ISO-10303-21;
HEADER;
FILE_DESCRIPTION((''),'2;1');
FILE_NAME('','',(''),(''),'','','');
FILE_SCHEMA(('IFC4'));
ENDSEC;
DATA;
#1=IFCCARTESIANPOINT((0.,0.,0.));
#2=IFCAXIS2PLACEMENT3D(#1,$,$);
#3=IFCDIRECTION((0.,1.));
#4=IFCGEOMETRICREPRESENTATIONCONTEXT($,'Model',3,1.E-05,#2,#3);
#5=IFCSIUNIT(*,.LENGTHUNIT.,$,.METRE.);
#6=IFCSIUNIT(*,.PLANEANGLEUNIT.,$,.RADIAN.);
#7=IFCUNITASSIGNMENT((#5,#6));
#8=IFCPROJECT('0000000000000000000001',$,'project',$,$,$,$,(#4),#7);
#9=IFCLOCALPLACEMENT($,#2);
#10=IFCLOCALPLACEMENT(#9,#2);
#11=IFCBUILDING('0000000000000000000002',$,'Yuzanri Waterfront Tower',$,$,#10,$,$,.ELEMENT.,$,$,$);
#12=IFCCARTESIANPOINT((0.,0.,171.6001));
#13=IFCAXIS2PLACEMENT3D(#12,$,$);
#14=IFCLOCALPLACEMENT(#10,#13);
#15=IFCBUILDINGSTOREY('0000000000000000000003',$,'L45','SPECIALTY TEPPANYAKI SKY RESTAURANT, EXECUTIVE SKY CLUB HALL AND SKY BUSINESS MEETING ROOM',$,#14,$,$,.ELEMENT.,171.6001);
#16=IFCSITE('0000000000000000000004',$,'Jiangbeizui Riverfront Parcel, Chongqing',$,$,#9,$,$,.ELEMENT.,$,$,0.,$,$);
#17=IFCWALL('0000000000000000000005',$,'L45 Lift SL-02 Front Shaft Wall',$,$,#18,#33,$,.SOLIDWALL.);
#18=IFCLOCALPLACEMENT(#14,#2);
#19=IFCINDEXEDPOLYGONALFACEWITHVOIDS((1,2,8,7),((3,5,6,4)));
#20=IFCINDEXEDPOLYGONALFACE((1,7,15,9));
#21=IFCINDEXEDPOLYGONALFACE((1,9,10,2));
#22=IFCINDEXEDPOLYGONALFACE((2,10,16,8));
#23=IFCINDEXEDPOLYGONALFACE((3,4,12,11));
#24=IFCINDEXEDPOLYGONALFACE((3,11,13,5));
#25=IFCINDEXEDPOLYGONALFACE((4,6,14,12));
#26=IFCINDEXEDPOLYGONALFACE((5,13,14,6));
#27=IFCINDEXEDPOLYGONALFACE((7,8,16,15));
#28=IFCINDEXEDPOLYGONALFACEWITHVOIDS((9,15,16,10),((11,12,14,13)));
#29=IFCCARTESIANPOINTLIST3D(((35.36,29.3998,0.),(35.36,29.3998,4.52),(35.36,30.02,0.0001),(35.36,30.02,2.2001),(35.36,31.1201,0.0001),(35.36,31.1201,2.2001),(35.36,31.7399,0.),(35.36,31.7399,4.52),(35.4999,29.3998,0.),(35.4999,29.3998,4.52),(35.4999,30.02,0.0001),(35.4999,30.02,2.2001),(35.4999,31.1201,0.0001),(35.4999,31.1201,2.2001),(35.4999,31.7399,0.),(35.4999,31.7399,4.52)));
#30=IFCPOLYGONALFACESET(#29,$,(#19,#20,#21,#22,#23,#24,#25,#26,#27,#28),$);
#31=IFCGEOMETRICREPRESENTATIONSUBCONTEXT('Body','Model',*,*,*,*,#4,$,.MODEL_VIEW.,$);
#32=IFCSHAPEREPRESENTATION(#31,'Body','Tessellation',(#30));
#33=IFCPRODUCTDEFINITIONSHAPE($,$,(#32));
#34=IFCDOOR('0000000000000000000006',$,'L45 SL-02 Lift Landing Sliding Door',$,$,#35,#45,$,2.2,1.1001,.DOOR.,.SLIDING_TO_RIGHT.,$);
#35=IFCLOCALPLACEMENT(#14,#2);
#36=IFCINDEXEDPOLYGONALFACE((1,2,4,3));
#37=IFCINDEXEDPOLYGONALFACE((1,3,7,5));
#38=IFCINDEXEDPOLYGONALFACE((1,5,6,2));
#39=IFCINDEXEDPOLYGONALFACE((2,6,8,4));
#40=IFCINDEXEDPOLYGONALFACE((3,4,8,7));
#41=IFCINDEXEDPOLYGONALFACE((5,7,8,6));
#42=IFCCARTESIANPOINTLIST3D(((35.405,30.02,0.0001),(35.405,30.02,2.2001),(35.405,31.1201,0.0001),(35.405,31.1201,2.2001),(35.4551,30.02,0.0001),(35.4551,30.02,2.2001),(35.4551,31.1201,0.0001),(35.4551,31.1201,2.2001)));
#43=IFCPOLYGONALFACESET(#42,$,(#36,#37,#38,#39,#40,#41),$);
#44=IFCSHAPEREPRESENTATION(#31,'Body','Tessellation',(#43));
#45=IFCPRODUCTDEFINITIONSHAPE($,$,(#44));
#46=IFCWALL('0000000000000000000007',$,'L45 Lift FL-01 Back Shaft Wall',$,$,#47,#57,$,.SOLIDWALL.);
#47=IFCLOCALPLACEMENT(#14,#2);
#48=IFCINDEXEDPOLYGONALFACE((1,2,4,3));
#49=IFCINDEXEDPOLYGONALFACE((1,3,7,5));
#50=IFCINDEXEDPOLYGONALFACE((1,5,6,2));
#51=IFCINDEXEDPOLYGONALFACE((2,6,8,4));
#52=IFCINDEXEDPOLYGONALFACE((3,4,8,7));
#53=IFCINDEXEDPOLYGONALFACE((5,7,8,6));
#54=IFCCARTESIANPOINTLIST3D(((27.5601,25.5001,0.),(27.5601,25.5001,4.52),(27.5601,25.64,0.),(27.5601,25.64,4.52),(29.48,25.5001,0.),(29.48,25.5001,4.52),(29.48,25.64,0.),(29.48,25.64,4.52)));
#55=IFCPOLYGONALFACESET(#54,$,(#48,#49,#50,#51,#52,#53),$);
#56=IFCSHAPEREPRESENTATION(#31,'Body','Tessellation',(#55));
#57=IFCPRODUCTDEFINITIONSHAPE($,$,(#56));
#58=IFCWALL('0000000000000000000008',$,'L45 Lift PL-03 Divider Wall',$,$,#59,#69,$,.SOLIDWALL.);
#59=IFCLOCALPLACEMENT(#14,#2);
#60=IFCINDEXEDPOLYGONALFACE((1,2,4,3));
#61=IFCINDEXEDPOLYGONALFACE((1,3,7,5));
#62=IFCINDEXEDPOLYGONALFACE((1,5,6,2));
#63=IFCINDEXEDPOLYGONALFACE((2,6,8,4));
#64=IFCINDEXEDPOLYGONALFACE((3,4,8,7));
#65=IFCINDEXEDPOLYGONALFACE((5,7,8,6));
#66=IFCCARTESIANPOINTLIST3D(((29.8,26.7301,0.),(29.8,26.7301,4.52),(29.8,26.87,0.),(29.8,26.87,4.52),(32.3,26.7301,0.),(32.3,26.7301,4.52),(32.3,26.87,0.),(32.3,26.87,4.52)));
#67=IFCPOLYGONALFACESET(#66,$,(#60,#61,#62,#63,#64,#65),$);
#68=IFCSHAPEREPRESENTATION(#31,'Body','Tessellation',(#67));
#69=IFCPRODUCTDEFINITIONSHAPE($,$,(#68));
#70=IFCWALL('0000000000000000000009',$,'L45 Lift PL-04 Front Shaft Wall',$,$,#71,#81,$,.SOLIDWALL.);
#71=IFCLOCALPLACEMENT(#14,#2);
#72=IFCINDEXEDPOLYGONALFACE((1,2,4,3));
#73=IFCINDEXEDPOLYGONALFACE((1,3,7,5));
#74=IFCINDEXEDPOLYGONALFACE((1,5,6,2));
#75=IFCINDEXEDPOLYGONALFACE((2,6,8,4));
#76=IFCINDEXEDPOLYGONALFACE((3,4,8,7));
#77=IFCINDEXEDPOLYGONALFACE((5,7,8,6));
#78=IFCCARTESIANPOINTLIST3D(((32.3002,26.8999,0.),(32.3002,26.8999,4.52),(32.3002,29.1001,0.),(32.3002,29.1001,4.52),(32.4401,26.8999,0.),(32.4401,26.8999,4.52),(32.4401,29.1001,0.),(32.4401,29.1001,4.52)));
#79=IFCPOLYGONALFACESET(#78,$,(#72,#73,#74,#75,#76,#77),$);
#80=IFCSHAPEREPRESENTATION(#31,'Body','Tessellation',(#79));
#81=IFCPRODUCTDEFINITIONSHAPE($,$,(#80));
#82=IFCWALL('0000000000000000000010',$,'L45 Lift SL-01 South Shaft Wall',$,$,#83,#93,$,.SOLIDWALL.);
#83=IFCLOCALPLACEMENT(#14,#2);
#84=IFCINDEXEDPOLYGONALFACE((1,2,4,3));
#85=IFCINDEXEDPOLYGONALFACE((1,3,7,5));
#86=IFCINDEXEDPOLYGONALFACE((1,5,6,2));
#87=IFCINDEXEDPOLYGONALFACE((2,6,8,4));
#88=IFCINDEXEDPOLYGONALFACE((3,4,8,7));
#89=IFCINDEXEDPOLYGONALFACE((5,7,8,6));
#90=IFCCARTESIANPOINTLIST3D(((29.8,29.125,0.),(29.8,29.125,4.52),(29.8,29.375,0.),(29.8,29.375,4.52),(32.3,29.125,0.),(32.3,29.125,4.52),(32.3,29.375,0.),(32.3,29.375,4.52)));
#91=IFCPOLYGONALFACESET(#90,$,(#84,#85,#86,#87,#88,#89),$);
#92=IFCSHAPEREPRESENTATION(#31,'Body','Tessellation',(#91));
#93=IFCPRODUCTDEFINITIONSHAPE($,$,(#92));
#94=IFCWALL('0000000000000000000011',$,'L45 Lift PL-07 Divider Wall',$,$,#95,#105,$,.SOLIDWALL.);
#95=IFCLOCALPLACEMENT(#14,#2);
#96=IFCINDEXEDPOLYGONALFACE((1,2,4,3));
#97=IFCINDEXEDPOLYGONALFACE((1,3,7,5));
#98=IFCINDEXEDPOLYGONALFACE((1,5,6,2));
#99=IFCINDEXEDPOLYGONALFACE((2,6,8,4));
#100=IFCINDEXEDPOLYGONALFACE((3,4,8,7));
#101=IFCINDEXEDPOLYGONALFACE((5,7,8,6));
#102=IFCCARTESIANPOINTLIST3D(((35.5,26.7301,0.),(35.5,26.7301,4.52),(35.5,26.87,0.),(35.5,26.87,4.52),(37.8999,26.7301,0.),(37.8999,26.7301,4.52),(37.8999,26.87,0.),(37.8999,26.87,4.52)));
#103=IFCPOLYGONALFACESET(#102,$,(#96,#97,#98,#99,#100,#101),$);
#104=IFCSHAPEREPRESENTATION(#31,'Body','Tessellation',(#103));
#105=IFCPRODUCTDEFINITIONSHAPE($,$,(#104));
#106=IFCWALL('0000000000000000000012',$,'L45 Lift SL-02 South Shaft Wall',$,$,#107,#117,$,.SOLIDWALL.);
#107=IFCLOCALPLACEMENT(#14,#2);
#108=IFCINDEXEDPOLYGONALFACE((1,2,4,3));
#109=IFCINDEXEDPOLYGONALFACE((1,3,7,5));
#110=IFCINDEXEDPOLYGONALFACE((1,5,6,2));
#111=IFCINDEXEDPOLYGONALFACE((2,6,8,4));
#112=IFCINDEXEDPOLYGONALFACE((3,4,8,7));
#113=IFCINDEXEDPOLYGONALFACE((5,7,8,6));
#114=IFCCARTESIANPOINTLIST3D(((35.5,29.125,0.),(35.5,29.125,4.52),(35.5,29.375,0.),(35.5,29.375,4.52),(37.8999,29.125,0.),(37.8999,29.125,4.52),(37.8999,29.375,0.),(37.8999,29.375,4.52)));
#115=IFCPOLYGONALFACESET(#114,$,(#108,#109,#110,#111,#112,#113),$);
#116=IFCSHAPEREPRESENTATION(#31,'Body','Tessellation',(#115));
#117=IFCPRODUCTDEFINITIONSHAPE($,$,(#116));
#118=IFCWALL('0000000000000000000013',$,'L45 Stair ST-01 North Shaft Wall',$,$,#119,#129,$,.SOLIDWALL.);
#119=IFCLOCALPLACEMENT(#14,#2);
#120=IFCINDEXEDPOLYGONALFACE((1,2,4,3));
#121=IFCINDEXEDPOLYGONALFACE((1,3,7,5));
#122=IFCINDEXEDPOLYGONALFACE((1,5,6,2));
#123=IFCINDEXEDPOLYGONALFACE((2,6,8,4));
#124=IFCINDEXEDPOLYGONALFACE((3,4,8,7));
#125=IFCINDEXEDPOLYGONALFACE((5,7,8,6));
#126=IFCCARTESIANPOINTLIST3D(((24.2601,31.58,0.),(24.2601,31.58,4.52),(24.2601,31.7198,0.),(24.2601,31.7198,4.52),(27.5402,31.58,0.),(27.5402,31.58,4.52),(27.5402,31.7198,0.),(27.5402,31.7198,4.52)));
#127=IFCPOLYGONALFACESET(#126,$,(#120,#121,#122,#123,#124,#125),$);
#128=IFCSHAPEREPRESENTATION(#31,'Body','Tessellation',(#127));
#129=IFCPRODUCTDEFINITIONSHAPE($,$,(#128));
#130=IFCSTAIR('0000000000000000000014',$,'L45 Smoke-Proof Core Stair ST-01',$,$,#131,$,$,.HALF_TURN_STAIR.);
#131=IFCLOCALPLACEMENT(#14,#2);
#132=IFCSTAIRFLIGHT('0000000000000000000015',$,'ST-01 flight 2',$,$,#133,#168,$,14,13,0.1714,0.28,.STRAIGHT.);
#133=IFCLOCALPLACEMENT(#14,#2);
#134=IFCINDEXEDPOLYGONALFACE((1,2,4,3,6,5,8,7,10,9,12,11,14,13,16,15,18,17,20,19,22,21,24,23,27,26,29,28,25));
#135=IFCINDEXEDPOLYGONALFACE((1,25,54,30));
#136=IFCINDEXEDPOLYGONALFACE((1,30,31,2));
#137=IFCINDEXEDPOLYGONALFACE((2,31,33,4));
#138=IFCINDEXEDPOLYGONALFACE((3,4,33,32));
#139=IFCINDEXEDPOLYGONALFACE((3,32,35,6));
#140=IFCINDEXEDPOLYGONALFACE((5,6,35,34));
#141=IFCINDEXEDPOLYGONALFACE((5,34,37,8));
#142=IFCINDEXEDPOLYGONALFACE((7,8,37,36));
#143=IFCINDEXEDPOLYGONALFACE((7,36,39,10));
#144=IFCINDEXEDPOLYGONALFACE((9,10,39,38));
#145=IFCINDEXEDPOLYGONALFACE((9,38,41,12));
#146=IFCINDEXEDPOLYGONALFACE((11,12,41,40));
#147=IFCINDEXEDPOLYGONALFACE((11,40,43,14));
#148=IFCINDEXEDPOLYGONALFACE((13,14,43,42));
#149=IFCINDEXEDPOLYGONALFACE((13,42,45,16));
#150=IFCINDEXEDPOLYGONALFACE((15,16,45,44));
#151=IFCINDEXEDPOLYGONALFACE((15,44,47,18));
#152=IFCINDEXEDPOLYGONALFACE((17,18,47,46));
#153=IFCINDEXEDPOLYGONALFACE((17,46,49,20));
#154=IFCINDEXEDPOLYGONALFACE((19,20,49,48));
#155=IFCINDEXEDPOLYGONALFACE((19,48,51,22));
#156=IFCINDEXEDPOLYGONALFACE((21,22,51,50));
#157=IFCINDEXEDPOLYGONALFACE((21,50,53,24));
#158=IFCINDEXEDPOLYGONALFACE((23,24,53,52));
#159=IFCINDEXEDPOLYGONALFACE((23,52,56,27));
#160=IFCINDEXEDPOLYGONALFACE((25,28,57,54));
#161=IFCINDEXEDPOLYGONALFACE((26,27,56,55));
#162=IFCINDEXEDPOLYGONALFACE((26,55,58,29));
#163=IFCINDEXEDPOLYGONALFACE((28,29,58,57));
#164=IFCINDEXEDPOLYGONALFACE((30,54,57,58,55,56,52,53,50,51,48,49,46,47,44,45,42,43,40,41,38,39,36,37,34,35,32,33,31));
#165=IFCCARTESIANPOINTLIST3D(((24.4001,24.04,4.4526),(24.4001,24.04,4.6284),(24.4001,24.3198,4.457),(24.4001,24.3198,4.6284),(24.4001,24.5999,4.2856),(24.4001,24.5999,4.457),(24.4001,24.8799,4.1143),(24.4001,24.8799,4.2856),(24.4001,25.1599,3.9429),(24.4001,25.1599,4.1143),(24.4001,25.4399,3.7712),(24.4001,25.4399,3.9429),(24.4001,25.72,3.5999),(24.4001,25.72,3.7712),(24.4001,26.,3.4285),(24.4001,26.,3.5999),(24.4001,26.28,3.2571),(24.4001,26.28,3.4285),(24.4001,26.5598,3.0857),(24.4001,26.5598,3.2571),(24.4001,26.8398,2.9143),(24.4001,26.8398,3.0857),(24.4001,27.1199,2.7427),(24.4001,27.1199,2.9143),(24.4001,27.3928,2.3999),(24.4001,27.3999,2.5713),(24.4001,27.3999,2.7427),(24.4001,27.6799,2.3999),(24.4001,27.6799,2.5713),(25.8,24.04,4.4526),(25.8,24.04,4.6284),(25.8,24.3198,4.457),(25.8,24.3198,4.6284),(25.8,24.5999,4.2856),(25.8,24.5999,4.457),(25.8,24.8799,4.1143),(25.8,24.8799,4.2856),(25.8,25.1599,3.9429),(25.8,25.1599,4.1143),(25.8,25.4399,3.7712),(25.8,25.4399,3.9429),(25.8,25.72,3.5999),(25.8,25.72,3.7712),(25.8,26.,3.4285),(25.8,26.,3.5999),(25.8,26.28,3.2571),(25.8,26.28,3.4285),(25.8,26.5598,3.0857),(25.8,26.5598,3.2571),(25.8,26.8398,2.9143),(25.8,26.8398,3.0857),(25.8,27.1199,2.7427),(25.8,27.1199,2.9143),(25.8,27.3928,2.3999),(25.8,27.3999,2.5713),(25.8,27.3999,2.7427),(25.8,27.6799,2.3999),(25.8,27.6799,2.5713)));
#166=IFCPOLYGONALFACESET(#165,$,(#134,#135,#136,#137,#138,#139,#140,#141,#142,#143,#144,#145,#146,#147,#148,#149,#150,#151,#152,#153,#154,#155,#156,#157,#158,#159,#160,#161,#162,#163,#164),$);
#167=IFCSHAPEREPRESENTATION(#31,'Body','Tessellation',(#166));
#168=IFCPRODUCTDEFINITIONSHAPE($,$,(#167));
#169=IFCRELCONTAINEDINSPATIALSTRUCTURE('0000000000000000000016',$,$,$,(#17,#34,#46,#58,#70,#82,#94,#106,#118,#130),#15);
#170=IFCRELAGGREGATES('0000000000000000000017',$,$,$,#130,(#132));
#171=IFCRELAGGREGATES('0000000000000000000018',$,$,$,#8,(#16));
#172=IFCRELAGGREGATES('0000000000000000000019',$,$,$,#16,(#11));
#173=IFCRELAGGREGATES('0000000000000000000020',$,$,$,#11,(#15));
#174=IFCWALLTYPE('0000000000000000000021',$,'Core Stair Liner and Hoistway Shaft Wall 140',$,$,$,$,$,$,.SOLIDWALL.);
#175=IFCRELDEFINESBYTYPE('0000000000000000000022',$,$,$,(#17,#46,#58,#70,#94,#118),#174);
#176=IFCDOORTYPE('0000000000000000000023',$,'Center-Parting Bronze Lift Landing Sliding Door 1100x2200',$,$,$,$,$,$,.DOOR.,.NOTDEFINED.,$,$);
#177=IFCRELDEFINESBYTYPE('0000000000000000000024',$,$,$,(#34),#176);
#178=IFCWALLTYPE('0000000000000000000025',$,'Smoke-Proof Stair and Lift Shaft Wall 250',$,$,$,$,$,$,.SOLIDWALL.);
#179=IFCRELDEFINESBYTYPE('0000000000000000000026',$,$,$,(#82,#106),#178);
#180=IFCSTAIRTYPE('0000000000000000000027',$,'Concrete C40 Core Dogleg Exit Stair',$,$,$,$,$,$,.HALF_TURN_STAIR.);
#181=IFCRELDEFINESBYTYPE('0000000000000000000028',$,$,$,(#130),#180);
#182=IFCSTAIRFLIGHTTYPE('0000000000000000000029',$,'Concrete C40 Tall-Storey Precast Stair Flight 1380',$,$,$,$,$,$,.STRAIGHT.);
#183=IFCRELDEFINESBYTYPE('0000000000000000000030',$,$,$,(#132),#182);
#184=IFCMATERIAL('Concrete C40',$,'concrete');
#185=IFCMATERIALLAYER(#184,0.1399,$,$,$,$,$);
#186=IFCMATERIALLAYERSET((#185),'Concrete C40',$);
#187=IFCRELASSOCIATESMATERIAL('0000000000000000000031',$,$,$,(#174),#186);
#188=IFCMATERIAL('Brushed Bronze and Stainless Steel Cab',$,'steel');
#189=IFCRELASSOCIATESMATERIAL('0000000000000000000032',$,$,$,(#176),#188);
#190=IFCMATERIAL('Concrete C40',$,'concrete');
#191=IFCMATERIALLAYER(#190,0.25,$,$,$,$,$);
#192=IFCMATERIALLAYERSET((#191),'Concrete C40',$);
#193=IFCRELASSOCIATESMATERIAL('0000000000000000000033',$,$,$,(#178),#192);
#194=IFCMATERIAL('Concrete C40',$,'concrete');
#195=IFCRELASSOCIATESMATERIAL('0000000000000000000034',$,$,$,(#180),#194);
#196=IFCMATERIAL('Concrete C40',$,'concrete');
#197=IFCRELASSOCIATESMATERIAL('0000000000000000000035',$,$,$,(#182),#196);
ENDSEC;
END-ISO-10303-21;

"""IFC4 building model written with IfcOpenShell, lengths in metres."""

from ifc_helpers import new_model, si_unit, direction, frame, frame_2d, origin, place, context, subcontext, project, spatial, polyline, rectangle, outline, extrude, source, transform, mapped, material, layer, layer_set, type_object, element, fill, aggregate, save


model = new_model("IFC4")

# Units and contexts
model_context = context("Model", 3, precision=1e-05, world=origin(), true_north=direction((0.0, 1.0)))
body_context = subcontext(model_context, "Body", "Model", "MODEL_VIEW")
ifc_project = project(units=[si_unit("LENGTHUNIT", "METRE"), si_unit("PLANEANGLEUNIT", "RADIAN")], contexts=[model_context])

# Site, building, storey
site_placement = place(None, origin())
site = spatial("IfcSite", under=ifc_project, at=site_placement, Name="Jiangbeizui Riverfront Parcel, Chongqing", CompositionType="ELEMENT", RefElevation=0.0)
building_placement = place(site_placement, origin())
building = spatial("IfcBuilding", under=site, at=building_placement, Name="Yuzanri Waterfront Tower", CompositionType="ELEMENT")
storey_placement = place(building_placement, frame((0.0, 0.0, 171.6001)))
storey = spatial("IfcBuildingStorey", under=building, at=storey_placement, Name="L45", Description="SPECIALTY TEPPANYAKI SKY RESTAURANT, EXECUTIVE SKY CLUB HALL AND SKY BUSINESS MEETING ROOM", CompositionType="ELEMENT", Elevation=171.6001)

# Wall, opening, door
ifc_material_1 = material(Name="Concrete C40", Category="concrete")
ifc_layer_1 = layer(ifc_material_1, 0.1399)
ifc_layer_set_1 = layer_set([ifc_layer_1], Name="Concrete C40")
wall_type_1 = type_object("IfcWallType", Name="Core Stair Liner and Hoistway Shaft Wall 140", PredefinedType="SOLIDWALL", material=ifc_layer_set_1)
ifc_material_2 = material(Name="Brushed Bronze and Stainless Steel Cab", Category="steel")
door_type_1 = type_object("IfcDoorType", Name="Center-Parting Bronze Lift Landing Sliding Door 1100x2200", OperationType="NOTDEFINED", PredefinedType="DOOR", material=ifc_material_2)
shared_shape_1 = source(origin(), body_context, "Body", "SweptSolid", [
    extrude(rectangle(XDim=1.1001, YDim=2.2, at=frame_2d((0.55, 1.1001))), frame((0.0, 0.0249, 0.0), z_axis=(0.0, -1.0, 0.0), x_axis=(1.0, 0.0, 0.0)), (0.0, 0.0, 1.0), 0.05),
])
wall_1_placement = place(storey_placement, frame((35.4299, 29.3999, 0.0), z_axis=(0.0, 0.0, 1.0), x_axis=(0.0, 1.0, 0.0)))
wall_1 = element("IfcWall", 1, at=wall_1_placement, inside=storey, type_object=wall_type_1, Name="L45 Lift SL-02 Front Shaft Wall", PredefinedType="SOLIDWALL", context=body_context, shape_type="SweptSolid", body=[
    extrude(rectangle(XDim=2.3401, YDim=0.1399, at=frame_2d((1.1699, 0.0))), origin(), (0.0, 0.0, 1.0), 4.52),
])
opening_1_placement = place(wall_1_placement, frame((0.6201, 0.0, 0.0)))
opening_1 = element("IfcOpeningElement", 2, at=opening_1_placement, cuts=wall_1, PredefinedType="OPENING", context=body_context, shape_type="SweptSolid", body=[
    extrude(rectangle(XDim=1.1001, YDim=2.2, at=frame_2d((0.55, 1.1001))), frame((0.0, 0.085, 0.0), z_axis=(0.0, -1.0, 0.0), x_axis=(1.0, 0.0, 0.0)), (0.0, 0.0, 1.0), 0.1697),
])
door_1_placement = place(opening_1_placement, origin())
door_1 = element("IfcDoor", 3, at=door_1_placement, inside=storey, type_object=door_type_1, Name="L45 SL-02 Lift Landing Sliding Door", OperationType="SLIDING_TO_RIGHT", OverallHeight=2.2, OverallWidth=1.1001, PredefinedType="DOOR", context=body_context, shape_type="MappedRepresentation", body=[
    mapped(shared_shape_1, transform((0.0, 0.0, 0.0), scale=1.0)),
])
fill(opening_1, door_1)

# Walls
shared_shape_2 = source(origin(), body_context, "Body", "SweptSolid", [
    extrude(rectangle(XDim=1.9199, YDim=0.1399, at=frame_2d((0.96, 0.0))), origin(), (0.0, 0.0, 1.0), 4.52),
])
wall_2_placement = place(storey_placement, frame((27.5601, 25.5701, 0.0), z_axis=(0.0, 0.0, 1.0), x_axis=(1.0, 0.0, 0.0)))
element("IfcWall", 4, at=wall_2_placement, inside=storey, type_object=wall_type_1, Name="L45 Lift FL-01 Back Shaft Wall", PredefinedType="SOLIDWALL", context=body_context, shape_type="MappedRepresentation", body=[
    mapped(shared_shape_2, transform((0.0, 0.0, 0.0), scale=1.0)),
])
shared_shape_3 = source(origin(), body_context, "Body", "SweptSolid", [
    extrude(rectangle(XDim=2.5, YDim=0.1399, at=frame_2d((1.25, 0.0))), origin(), (0.0, 0.0, 1.0), 4.52),
])
wall_3_placement = place(storey_placement, frame((29.8, 26.8, 0.0), z_axis=(0.0, 0.0, 1.0), x_axis=(1.0, 0.0, 0.0)))
element("IfcWall", 5, at=wall_3_placement, inside=storey, type_object=wall_type_1, Name="L45 Lift PL-03 Divider Wall", PredefinedType="SOLIDWALL", context=body_context, shape_type="MappedRepresentation", body=[
    mapped(shared_shape_3, transform((0.0, 0.0, 0.0), scale=1.0)),
])
shared_shape_4 = source(origin(), body_context, "Body", "SweptSolid", [
    extrude(rectangle(XDim=2.2002, YDim=0.1399, at=frame_2d((1.1001, 0.0))), origin(), (0.0, 0.0, 1.0), 4.52),
])
wall_4_placement = place(storey_placement, frame((32.3701, 26.8999, 0.0), z_axis=(0.0, 0.0, 1.0), x_axis=(0.0, 1.0, 0.0)))
element("IfcWall", 6, at=wall_4_placement, inside=storey, type_object=wall_type_1, Name="L45 Lift PL-04 Front Shaft Wall", PredefinedType="SOLIDWALL", context=body_context, shape_type="MappedRepresentation", body=[
    mapped(shared_shape_4, transform((0.0, 0.0, 0.0), scale=1.0)),
])
ifc_material_3 = material(Name="Concrete C40", Category="concrete")
ifc_layer_2 = layer(ifc_material_3, 0.25)
ifc_layer_set_2 = layer_set([ifc_layer_2], Name="Concrete C40")
wall_type_2 = type_object("IfcWallType", Name="Smoke-Proof Stair and Lift Shaft Wall 250", PredefinedType="SOLIDWALL", material=ifc_layer_set_2)
shared_shape_5 = source(origin(), body_context, "Body", "SweptSolid", [
    extrude(rectangle(XDim=2.5, YDim=0.25, at=frame_2d((1.25, 0.0))), origin(), (0.0, 0.0, 1.0), 4.52),
])
wall_5_placement = place(storey_placement, frame((29.8, 29.25, 0.0), z_axis=(0.0, 0.0, 1.0), x_axis=(1.0, 0.0, 0.0)))
element("IfcWall", 7, at=wall_5_placement, inside=storey, type_object=wall_type_2, Name="L45 Lift SL-01 South Shaft Wall", PredefinedType="SOLIDWALL", context=body_context, shape_type="MappedRepresentation", body=[
    mapped(shared_shape_5, transform((0.0, 0.0, 0.0), scale=1.0)),
])
shared_shape_6 = source(origin(), body_context, "Body", "SweptSolid", [
    extrude(rectangle(XDim=2.3999, YDim=0.1399, at=frame_2d((1.2, 0.0))), origin(), (0.0, 0.0, 1.0), 4.52),
])
wall_6_placement = place(storey_placement, frame((35.5, 26.8, 0.0), z_axis=(0.0, 0.0, 1.0), x_axis=(1.0, 0.0, 0.0)))
element("IfcWall", 8, at=wall_6_placement, inside=storey, type_object=wall_type_1, Name="L45 Lift PL-07 Divider Wall", PredefinedType="SOLIDWALL", context=body_context, shape_type="MappedRepresentation", body=[
    mapped(shared_shape_6, transform((0.0, 0.0, 0.0), scale=1.0)),
])
shared_shape_7 = source(origin(), body_context, "Body", "SweptSolid", [
    extrude(rectangle(XDim=2.3999, YDim=0.25, at=frame_2d((1.2, 0.0))), origin(), (0.0, 0.0, 1.0), 4.52),
])
wall_7_placement = place(storey_placement, frame((35.5, 29.25, 0.0), z_axis=(0.0, 0.0, 1.0), x_axis=(1.0, 0.0, 0.0)))
element("IfcWall", 9, at=wall_7_placement, inside=storey, type_object=wall_type_2, Name="L45 Lift SL-02 South Shaft Wall", PredefinedType="SOLIDWALL", context=body_context, shape_type="MappedRepresentation", body=[
    mapped(shared_shape_7, transform((0.0, 0.0, 0.0), scale=1.0)),
])
shared_shape_8 = source(origin(), body_context, "Body", "SweptSolid", [
    extrude(rectangle(XDim=3.28, YDim=0.1399, at=frame_2d((1.6401, 0.0))), origin(), (0.0, 0.0, 1.0), 4.52),
])
wall_8_placement = place(storey_placement, frame((24.26, 31.6499, 0.0), z_axis=(0.0, 0.0, 1.0), x_axis=(1.0, 0.0, 0.0)))
element("IfcWall", 10, at=wall_8_placement, inside=storey, type_object=wall_type_1, Name="L45 Stair ST-01 North Shaft Wall", PredefinedType="SOLIDWALL", context=body_context, shape_type="MappedRepresentation", body=[
    mapped(shared_shape_8, transform((0.0, 0.0, 0.0), scale=1.0)),
])

# Stair, stair flight
ifc_material_4 = material(Name="Concrete C40", Category="concrete")
stair_type = type_object("IfcStairType", Name="Concrete C40 Core Dogleg Exit Stair", PredefinedType="HALF_TURN_STAIR", material=ifc_material_4)
stair_placement = place(storey_placement, origin())
stair = element("IfcStair", 11, at=stair_placement, inside=storey, type_object=stair_type, Name="L45 Smoke-Proof Core Stair ST-01", PredefinedType="HALF_TURN_STAIR")
ifc_material_5 = material(Name="Concrete C40", Category="concrete")
stair_flight_type = type_object("IfcStairFlightType", Name="Concrete C40 Tall-Storey Precast Stair Flight 1380", PredefinedType="STRAIGHT", material=ifc_material_5)
shared_shape_9 = source(origin(), body_context, "Body", "SweptSolid", [
    extrude(outline(polyline([(0.0, 0.0), (0.0, 0.1714), (0.28, 0.1714), (0.28, 0.3428), (0.5601, 0.3428), (0.5601, 0.5144), (0.8401, 0.5144), (0.8401, 0.6858), (1.1201, 0.6858), (1.1201, 0.8572), (1.3999, 0.8572), (1.3999, 1.0286), (1.6799, 1.0286), (1.6799, 1.2), (1.96, 1.2), (1.96, 1.3713), (2.24, 1.3713), (2.24, 1.543), (2.52, 1.543), (2.52, 1.7144), (2.8, 1.7144), (2.8, 1.8857), (3.0801, 1.8857), (3.0801, 2.0571), (3.3601, 2.0571), (3.3601, 2.2285), (3.6399, 2.2285), (3.6399, 2.3999), (3.6399, 2.0527), (0.2871, 0.0), (0.0, 0.0)])), frame((0.0, 0.7, 0.0), z_axis=(0.0, -1.0, 0.0), x_axis=(1.0, 0.0, 0.0)), (0.0, 0.0, 1.0), 1.3999),
])
stair_flight_placement = place(storey_placement, frame((25.1001, 27.6799, 2.3999), z_axis=(0.0, 0.0, 1.0), x_axis=(0.0, -1.0, 0.0)))
stair_flight = element("IfcStairFlight", 12, at=stair_flight_placement, type_object=stair_flight_type, Name="ST-01 flight 2", NumberOfRisers=14, NumberOfTreads=13, PredefinedType="STRAIGHT", RiserHeight=0.1714, TreadLength=0.28, context=body_context, shape_type="MappedRepresentation", body=[
    mapped(shared_shape_9, transform((0.0, 0.0, 0.0), scale=1.0)),
])
aggregate(stair, [stair_flight])

save(model, "model.ifc")
